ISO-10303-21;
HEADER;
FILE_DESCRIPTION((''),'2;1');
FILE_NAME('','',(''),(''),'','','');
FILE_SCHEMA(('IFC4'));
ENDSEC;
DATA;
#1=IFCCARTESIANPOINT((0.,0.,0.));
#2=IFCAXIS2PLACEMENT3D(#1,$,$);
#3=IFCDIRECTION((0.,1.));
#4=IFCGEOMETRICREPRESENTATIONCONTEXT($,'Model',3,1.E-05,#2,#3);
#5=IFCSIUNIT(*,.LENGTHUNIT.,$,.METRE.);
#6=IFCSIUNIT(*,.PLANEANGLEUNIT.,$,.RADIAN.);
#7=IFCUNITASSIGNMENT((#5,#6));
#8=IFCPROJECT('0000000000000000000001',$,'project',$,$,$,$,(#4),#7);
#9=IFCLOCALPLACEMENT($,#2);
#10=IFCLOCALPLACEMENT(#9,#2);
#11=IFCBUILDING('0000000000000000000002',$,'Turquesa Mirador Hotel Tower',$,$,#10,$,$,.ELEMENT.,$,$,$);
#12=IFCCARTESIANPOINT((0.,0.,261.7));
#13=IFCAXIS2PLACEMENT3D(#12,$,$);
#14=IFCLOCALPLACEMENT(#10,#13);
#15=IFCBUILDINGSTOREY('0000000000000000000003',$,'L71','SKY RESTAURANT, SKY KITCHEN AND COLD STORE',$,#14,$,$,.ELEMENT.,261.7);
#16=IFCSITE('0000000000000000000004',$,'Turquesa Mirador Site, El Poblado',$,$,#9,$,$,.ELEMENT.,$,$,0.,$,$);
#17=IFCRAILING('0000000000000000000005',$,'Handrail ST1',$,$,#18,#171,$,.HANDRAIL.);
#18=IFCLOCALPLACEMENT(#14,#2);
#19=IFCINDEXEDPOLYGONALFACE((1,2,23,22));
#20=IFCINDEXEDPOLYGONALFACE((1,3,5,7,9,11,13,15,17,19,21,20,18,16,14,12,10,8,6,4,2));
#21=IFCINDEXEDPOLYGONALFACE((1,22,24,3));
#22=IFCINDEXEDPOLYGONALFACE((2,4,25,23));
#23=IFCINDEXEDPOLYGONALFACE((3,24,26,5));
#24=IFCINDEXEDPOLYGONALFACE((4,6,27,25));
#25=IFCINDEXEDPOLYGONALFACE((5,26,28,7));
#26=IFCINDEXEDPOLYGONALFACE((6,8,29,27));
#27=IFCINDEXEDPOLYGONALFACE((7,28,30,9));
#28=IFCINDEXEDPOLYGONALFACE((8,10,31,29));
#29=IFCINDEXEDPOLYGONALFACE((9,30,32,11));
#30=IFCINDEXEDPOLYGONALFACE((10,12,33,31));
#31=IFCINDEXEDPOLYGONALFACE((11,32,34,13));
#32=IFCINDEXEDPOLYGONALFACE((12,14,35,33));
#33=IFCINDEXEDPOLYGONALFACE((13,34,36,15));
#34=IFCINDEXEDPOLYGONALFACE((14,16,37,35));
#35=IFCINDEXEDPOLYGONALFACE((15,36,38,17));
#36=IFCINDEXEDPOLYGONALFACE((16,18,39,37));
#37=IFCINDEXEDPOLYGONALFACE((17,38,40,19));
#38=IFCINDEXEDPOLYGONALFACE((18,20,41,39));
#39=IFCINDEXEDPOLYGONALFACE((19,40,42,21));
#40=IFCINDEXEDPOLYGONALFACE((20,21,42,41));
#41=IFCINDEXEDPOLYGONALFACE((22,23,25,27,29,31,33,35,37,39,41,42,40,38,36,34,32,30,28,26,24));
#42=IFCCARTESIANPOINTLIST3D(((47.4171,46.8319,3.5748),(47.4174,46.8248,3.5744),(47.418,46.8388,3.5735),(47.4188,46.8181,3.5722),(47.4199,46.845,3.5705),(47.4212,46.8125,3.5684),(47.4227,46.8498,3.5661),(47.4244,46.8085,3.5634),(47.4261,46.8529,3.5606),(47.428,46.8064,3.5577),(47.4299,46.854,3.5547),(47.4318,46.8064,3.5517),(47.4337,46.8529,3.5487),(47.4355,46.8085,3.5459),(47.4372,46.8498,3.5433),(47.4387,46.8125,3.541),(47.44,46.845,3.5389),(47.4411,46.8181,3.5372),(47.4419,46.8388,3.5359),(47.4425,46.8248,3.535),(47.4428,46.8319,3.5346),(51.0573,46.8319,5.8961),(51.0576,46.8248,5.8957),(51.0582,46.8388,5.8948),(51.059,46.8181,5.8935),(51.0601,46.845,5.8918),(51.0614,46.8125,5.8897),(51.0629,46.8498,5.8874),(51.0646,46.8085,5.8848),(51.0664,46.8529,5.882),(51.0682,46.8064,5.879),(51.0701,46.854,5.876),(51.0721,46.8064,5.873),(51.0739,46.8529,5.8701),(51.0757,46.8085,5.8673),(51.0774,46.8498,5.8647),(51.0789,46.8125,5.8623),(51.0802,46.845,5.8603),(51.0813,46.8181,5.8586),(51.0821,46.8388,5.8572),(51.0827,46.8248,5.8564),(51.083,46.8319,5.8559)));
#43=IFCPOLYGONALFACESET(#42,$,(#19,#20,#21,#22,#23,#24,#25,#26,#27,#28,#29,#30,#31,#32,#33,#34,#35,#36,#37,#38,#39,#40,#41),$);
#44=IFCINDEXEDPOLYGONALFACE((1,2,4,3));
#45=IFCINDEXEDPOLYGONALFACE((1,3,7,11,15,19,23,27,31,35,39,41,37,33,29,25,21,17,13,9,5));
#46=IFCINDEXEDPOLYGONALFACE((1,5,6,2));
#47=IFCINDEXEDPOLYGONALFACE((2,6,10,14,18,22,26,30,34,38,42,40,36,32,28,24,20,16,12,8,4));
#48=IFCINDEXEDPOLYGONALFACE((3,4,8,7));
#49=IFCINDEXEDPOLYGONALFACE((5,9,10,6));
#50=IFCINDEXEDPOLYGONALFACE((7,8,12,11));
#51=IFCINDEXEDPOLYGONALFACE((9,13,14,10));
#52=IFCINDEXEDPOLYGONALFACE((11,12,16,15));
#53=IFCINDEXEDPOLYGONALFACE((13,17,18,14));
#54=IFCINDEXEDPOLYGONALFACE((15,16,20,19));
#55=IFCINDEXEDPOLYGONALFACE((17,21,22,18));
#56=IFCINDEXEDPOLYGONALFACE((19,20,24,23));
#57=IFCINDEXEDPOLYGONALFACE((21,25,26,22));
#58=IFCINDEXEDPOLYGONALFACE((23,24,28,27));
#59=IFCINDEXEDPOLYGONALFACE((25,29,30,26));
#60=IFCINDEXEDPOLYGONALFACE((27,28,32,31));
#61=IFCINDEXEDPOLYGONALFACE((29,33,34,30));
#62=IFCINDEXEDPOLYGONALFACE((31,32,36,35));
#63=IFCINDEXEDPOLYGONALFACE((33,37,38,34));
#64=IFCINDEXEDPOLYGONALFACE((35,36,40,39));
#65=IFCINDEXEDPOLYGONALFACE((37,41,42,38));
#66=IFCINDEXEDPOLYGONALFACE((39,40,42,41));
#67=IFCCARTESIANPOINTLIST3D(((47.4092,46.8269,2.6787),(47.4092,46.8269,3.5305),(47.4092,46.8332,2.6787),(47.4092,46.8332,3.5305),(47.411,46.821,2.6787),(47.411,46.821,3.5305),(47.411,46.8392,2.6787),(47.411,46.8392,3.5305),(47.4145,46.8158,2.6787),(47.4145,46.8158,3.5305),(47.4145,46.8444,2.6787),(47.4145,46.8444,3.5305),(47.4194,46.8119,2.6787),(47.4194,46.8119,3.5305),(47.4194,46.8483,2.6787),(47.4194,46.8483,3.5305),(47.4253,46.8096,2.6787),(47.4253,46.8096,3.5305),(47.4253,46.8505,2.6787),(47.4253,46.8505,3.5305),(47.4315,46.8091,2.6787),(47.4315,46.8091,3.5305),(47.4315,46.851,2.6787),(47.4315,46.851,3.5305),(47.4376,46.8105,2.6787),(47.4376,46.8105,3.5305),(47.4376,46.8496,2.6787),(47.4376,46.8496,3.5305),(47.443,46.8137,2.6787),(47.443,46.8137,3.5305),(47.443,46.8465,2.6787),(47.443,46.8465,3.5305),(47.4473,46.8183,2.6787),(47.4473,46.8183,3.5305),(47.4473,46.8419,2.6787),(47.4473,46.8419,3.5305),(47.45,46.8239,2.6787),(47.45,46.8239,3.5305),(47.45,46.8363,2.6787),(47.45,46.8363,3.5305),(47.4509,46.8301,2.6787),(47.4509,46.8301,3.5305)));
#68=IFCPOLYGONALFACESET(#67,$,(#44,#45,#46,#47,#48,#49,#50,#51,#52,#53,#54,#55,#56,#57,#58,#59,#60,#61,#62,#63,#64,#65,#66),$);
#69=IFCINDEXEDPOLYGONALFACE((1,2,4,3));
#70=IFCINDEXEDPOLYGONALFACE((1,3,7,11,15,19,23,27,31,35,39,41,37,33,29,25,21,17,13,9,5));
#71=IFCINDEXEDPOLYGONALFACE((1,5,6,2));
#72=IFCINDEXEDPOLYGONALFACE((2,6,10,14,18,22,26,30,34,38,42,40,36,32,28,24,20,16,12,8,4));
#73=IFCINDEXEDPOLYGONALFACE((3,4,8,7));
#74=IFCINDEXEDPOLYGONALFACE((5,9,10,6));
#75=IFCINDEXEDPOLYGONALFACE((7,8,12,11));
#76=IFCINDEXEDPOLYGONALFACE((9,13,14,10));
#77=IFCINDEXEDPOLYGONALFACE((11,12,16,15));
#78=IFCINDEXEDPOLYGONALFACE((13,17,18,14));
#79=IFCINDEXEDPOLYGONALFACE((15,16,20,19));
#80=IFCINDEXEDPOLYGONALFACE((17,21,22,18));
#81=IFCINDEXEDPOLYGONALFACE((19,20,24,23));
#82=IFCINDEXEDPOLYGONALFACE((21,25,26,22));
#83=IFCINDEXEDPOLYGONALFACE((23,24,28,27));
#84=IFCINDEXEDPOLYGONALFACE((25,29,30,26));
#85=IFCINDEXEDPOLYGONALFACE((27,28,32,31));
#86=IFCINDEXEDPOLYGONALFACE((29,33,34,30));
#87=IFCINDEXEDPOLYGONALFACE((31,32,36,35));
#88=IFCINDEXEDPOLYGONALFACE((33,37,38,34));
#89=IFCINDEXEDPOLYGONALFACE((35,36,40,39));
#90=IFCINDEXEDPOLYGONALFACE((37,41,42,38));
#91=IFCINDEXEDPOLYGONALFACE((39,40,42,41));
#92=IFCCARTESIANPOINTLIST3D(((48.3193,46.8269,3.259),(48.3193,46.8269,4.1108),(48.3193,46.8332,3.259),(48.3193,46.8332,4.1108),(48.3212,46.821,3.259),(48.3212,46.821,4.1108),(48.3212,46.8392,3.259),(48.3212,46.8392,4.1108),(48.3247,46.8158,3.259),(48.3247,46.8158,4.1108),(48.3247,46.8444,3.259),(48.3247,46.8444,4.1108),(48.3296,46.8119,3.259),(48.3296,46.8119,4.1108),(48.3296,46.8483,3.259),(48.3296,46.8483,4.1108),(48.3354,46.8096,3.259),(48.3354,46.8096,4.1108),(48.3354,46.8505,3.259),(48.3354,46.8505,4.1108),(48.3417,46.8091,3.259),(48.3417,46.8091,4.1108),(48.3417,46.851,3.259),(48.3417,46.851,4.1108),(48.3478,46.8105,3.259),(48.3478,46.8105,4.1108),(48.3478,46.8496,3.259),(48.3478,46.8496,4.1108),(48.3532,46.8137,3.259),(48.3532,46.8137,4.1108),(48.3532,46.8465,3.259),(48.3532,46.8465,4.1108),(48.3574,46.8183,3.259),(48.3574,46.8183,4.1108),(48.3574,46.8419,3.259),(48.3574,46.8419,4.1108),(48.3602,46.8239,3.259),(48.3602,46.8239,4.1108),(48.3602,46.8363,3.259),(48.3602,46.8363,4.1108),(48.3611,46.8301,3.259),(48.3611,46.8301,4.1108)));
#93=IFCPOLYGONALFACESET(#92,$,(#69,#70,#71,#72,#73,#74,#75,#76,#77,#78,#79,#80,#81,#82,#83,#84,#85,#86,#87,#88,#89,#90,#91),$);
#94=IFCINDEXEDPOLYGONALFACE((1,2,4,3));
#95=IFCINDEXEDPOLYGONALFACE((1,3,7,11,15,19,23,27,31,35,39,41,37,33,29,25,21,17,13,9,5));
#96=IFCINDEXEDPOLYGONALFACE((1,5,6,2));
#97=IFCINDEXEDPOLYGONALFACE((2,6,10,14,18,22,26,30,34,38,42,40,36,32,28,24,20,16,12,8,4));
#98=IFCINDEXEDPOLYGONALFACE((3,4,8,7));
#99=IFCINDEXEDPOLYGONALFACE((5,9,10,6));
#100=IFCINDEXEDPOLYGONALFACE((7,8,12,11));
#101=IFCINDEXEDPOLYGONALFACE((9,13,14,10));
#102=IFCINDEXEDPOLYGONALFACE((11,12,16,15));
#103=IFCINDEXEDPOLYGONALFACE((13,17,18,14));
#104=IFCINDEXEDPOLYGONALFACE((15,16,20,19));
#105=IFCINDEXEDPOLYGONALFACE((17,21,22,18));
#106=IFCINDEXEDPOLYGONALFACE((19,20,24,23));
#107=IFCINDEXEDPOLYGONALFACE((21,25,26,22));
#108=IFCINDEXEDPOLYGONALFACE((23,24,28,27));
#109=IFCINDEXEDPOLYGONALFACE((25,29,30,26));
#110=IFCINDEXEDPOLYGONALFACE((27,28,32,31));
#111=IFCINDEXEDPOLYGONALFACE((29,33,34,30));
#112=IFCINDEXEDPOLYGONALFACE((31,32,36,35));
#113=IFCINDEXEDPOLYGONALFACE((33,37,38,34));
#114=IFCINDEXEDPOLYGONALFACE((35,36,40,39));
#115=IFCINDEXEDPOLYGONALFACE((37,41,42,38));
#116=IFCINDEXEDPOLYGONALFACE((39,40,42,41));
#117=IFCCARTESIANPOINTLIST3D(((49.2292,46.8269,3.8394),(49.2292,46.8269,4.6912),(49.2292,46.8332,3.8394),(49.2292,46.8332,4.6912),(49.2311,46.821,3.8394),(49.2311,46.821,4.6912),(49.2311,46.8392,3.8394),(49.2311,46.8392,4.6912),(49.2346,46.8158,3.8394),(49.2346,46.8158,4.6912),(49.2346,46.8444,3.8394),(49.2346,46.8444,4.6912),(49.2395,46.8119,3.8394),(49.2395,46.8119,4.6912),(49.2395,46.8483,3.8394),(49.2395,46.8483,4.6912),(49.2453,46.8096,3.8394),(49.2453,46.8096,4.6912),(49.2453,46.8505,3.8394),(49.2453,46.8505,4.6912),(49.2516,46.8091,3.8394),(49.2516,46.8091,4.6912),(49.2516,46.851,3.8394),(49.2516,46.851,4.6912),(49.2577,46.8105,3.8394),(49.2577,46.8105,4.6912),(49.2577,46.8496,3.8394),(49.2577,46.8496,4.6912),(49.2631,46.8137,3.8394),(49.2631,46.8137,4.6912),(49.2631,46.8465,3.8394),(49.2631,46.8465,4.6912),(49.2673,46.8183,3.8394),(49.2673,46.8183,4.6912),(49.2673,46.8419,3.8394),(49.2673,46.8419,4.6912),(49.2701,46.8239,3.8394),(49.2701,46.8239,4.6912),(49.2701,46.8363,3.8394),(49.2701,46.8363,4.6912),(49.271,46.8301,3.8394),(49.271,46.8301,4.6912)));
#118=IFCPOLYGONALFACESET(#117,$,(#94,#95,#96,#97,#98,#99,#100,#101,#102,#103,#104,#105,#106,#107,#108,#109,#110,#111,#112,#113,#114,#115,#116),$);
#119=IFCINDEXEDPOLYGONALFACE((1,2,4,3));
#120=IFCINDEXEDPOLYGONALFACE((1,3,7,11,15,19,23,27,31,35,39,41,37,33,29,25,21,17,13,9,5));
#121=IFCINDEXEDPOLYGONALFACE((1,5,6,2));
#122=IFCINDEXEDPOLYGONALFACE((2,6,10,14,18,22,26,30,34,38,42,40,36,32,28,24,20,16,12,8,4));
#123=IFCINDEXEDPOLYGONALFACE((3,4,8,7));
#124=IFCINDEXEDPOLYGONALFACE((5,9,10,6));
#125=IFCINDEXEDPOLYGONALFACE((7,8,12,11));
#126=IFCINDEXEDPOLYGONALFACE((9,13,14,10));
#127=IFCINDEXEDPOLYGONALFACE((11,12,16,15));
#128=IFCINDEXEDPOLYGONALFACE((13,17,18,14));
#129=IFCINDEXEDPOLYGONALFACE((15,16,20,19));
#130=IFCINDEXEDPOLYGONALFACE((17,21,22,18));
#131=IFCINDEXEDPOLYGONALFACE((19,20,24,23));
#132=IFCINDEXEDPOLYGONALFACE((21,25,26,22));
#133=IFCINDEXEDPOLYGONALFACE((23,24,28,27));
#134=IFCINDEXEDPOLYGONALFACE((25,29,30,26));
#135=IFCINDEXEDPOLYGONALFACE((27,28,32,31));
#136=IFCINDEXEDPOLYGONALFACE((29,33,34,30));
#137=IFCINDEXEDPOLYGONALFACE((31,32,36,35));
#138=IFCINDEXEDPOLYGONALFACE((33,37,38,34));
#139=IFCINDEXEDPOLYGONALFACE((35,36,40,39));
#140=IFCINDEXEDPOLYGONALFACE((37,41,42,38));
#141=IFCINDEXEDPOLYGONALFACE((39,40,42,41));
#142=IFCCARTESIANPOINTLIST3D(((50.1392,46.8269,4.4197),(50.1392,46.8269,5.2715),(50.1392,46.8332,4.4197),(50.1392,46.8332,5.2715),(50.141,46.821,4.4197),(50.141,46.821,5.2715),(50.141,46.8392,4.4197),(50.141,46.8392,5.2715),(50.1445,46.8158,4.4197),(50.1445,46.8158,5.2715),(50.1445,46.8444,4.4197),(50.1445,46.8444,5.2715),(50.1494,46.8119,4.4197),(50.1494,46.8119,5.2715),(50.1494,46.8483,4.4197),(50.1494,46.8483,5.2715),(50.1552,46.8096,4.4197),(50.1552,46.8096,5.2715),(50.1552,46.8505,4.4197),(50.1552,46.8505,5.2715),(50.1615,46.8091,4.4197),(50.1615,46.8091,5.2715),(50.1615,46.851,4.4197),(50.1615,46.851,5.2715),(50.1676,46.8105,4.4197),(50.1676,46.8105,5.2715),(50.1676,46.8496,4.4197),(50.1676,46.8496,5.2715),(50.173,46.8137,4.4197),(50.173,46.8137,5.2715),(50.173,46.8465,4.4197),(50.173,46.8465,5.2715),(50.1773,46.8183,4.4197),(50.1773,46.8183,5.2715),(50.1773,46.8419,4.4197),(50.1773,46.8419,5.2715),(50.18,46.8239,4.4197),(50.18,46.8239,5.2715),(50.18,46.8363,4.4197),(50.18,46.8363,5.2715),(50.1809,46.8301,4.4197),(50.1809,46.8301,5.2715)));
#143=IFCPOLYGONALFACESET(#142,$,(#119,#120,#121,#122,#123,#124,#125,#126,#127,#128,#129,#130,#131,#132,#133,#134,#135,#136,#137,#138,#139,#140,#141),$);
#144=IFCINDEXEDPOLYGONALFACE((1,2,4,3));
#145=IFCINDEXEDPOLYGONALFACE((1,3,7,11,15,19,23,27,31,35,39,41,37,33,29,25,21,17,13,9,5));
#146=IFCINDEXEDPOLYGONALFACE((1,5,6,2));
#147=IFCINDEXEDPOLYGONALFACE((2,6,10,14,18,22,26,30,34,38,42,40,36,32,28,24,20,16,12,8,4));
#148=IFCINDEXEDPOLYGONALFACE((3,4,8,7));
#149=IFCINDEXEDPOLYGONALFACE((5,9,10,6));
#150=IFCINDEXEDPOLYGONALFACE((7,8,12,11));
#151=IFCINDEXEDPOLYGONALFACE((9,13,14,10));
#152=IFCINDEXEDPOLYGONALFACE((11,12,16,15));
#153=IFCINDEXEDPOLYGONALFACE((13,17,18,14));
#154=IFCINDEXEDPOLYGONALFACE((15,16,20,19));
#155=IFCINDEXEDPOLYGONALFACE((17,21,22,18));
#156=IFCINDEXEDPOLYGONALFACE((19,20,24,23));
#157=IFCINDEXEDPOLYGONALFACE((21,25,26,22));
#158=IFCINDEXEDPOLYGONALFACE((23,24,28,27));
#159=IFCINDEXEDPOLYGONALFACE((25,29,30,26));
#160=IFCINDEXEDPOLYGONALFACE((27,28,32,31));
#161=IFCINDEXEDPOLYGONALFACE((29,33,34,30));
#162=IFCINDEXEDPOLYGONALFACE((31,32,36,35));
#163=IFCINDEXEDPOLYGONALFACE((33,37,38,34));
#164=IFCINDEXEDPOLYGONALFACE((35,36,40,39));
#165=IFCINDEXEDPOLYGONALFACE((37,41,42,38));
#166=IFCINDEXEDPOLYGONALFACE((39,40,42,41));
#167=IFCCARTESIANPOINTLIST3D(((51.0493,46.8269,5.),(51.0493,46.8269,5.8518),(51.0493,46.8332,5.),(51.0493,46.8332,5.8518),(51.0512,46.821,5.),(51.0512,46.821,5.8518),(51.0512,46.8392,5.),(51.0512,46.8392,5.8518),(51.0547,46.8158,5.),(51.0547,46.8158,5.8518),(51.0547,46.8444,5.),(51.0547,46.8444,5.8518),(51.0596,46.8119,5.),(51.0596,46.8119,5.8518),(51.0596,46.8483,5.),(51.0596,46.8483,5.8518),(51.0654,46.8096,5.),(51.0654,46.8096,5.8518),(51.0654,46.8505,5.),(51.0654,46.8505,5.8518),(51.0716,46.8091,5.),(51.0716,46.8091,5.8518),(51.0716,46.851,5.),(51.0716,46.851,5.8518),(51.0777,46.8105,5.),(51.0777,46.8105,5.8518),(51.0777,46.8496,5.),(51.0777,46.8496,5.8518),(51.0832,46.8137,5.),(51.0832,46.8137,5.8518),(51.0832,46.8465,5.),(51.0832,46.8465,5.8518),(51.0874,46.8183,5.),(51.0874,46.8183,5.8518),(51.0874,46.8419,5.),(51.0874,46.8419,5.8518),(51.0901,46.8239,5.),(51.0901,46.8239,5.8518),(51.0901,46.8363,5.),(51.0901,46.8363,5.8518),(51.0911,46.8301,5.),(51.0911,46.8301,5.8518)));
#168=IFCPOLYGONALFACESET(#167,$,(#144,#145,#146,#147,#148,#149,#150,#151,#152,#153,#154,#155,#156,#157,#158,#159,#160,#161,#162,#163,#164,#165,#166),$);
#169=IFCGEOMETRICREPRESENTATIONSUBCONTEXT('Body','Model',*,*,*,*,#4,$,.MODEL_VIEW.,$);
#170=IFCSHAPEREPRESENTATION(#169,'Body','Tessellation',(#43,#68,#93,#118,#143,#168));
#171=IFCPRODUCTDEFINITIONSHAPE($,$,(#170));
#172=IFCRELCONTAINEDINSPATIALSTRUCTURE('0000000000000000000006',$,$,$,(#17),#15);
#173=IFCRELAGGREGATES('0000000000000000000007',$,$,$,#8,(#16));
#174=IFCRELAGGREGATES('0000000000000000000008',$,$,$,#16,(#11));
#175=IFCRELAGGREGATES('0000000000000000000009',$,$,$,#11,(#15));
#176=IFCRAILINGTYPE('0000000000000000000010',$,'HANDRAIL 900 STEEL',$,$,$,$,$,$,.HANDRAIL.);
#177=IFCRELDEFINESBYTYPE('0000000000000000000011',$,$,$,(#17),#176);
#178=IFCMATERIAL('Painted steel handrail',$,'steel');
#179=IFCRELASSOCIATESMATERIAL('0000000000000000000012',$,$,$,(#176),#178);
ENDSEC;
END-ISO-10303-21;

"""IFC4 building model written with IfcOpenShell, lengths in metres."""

from ifc_helpers import new_model, si_unit, direction, frame, origin, origin_2d, place, context, subcontext, project, spatial, circle, extrude, material, type_object, element, save


model = new_model("IFC4")

# Units and contexts
model_context = context("Model", 3, precision=1e-05, world=origin(), true_north=direction((0.0, 1.0)))
body_context = subcontext(model_context, "Body", "Model", "MODEL_VIEW")
ifc_project = project(units=[si_unit("LENGTHUNIT", "METRE"), si_unit("PLANEANGLEUNIT", "RADIAN")], contexts=[model_context])

# Site, building, storey
site_placement = place(None, origin())
site = spatial("IfcSite", under=ifc_project, at=site_placement, Name="Turquesa Mirador Site, El Poblado", CompositionType="ELEMENT", RefElevation=0.0)
building_placement = place(site_placement, origin())
building = spatial("IfcBuilding", under=site, at=building_placement, Name="Turquesa Mirador Hotel Tower", CompositionType="ELEMENT")
storey_placement = place(building_placement, frame((0.0, 0.0, 261.7)))
storey = spatial("IfcBuildingStorey", under=building, at=storey_placement, Name="L71", Description="SKY RESTAURANT, SKY KITCHEN AND COLD STORE", CompositionType="ELEMENT", Elevation=261.7)

# Railing
ifc_material_1 = material(Name="Painted steel handrail", Category="steel")
railing_type = type_object("IfcRailingType", Name="HANDRAIL 900 STEEL", PredefinedType="HANDRAIL", material=ifc_material_1)
railing_1_placement = place(storey_placement, frame((47.4299, 46.8301, 2.6787)))
element("IfcRailing", 1, at=railing_1_placement, inside=storey, type_object=railing_type, Name="Handrail ST1", PredefinedType="HANDRAIL", context=body_context, shape_type="SweptSolid", body=[
    extrude(circle(Radius=0.0239, at=origin_2d()), frame((0.0, 0.0, 0.876), z_axis=(0.843153, 0.0, 0.537673), x_axis=(0.0, 1.0, 0.0)), (0.0, 0.0, 1.0), 4.3174),
    extrude(circle(Radius=0.021, at=origin_2d()), origin(), (0.0, 0.0, 1.0), 0.8518),
    extrude(circle(Radius=0.021, at=origin_2d()), frame((0.9102, 0.0, 0.5803)), (0.0, 0.0, 1.0), 0.8518),
    extrude(circle(Radius=0.021, at=origin_2d()), frame((1.8201, 0.0, 1.1606)), (0.0, 0.0, 1.0), 0.8518),
    extrude(circle(Radius=0.021, at=origin_2d()), frame((2.73, 0.0, 1.741)), (0.0, 0.0, 1.0), 0.8518),
    extrude(circle(Radius=0.021, at=origin_2d()), frame((3.6401, 0.0, 2.3213)), (0.0, 0.0, 1.0), 0.8518),
])

save(model, "model.ifc")
